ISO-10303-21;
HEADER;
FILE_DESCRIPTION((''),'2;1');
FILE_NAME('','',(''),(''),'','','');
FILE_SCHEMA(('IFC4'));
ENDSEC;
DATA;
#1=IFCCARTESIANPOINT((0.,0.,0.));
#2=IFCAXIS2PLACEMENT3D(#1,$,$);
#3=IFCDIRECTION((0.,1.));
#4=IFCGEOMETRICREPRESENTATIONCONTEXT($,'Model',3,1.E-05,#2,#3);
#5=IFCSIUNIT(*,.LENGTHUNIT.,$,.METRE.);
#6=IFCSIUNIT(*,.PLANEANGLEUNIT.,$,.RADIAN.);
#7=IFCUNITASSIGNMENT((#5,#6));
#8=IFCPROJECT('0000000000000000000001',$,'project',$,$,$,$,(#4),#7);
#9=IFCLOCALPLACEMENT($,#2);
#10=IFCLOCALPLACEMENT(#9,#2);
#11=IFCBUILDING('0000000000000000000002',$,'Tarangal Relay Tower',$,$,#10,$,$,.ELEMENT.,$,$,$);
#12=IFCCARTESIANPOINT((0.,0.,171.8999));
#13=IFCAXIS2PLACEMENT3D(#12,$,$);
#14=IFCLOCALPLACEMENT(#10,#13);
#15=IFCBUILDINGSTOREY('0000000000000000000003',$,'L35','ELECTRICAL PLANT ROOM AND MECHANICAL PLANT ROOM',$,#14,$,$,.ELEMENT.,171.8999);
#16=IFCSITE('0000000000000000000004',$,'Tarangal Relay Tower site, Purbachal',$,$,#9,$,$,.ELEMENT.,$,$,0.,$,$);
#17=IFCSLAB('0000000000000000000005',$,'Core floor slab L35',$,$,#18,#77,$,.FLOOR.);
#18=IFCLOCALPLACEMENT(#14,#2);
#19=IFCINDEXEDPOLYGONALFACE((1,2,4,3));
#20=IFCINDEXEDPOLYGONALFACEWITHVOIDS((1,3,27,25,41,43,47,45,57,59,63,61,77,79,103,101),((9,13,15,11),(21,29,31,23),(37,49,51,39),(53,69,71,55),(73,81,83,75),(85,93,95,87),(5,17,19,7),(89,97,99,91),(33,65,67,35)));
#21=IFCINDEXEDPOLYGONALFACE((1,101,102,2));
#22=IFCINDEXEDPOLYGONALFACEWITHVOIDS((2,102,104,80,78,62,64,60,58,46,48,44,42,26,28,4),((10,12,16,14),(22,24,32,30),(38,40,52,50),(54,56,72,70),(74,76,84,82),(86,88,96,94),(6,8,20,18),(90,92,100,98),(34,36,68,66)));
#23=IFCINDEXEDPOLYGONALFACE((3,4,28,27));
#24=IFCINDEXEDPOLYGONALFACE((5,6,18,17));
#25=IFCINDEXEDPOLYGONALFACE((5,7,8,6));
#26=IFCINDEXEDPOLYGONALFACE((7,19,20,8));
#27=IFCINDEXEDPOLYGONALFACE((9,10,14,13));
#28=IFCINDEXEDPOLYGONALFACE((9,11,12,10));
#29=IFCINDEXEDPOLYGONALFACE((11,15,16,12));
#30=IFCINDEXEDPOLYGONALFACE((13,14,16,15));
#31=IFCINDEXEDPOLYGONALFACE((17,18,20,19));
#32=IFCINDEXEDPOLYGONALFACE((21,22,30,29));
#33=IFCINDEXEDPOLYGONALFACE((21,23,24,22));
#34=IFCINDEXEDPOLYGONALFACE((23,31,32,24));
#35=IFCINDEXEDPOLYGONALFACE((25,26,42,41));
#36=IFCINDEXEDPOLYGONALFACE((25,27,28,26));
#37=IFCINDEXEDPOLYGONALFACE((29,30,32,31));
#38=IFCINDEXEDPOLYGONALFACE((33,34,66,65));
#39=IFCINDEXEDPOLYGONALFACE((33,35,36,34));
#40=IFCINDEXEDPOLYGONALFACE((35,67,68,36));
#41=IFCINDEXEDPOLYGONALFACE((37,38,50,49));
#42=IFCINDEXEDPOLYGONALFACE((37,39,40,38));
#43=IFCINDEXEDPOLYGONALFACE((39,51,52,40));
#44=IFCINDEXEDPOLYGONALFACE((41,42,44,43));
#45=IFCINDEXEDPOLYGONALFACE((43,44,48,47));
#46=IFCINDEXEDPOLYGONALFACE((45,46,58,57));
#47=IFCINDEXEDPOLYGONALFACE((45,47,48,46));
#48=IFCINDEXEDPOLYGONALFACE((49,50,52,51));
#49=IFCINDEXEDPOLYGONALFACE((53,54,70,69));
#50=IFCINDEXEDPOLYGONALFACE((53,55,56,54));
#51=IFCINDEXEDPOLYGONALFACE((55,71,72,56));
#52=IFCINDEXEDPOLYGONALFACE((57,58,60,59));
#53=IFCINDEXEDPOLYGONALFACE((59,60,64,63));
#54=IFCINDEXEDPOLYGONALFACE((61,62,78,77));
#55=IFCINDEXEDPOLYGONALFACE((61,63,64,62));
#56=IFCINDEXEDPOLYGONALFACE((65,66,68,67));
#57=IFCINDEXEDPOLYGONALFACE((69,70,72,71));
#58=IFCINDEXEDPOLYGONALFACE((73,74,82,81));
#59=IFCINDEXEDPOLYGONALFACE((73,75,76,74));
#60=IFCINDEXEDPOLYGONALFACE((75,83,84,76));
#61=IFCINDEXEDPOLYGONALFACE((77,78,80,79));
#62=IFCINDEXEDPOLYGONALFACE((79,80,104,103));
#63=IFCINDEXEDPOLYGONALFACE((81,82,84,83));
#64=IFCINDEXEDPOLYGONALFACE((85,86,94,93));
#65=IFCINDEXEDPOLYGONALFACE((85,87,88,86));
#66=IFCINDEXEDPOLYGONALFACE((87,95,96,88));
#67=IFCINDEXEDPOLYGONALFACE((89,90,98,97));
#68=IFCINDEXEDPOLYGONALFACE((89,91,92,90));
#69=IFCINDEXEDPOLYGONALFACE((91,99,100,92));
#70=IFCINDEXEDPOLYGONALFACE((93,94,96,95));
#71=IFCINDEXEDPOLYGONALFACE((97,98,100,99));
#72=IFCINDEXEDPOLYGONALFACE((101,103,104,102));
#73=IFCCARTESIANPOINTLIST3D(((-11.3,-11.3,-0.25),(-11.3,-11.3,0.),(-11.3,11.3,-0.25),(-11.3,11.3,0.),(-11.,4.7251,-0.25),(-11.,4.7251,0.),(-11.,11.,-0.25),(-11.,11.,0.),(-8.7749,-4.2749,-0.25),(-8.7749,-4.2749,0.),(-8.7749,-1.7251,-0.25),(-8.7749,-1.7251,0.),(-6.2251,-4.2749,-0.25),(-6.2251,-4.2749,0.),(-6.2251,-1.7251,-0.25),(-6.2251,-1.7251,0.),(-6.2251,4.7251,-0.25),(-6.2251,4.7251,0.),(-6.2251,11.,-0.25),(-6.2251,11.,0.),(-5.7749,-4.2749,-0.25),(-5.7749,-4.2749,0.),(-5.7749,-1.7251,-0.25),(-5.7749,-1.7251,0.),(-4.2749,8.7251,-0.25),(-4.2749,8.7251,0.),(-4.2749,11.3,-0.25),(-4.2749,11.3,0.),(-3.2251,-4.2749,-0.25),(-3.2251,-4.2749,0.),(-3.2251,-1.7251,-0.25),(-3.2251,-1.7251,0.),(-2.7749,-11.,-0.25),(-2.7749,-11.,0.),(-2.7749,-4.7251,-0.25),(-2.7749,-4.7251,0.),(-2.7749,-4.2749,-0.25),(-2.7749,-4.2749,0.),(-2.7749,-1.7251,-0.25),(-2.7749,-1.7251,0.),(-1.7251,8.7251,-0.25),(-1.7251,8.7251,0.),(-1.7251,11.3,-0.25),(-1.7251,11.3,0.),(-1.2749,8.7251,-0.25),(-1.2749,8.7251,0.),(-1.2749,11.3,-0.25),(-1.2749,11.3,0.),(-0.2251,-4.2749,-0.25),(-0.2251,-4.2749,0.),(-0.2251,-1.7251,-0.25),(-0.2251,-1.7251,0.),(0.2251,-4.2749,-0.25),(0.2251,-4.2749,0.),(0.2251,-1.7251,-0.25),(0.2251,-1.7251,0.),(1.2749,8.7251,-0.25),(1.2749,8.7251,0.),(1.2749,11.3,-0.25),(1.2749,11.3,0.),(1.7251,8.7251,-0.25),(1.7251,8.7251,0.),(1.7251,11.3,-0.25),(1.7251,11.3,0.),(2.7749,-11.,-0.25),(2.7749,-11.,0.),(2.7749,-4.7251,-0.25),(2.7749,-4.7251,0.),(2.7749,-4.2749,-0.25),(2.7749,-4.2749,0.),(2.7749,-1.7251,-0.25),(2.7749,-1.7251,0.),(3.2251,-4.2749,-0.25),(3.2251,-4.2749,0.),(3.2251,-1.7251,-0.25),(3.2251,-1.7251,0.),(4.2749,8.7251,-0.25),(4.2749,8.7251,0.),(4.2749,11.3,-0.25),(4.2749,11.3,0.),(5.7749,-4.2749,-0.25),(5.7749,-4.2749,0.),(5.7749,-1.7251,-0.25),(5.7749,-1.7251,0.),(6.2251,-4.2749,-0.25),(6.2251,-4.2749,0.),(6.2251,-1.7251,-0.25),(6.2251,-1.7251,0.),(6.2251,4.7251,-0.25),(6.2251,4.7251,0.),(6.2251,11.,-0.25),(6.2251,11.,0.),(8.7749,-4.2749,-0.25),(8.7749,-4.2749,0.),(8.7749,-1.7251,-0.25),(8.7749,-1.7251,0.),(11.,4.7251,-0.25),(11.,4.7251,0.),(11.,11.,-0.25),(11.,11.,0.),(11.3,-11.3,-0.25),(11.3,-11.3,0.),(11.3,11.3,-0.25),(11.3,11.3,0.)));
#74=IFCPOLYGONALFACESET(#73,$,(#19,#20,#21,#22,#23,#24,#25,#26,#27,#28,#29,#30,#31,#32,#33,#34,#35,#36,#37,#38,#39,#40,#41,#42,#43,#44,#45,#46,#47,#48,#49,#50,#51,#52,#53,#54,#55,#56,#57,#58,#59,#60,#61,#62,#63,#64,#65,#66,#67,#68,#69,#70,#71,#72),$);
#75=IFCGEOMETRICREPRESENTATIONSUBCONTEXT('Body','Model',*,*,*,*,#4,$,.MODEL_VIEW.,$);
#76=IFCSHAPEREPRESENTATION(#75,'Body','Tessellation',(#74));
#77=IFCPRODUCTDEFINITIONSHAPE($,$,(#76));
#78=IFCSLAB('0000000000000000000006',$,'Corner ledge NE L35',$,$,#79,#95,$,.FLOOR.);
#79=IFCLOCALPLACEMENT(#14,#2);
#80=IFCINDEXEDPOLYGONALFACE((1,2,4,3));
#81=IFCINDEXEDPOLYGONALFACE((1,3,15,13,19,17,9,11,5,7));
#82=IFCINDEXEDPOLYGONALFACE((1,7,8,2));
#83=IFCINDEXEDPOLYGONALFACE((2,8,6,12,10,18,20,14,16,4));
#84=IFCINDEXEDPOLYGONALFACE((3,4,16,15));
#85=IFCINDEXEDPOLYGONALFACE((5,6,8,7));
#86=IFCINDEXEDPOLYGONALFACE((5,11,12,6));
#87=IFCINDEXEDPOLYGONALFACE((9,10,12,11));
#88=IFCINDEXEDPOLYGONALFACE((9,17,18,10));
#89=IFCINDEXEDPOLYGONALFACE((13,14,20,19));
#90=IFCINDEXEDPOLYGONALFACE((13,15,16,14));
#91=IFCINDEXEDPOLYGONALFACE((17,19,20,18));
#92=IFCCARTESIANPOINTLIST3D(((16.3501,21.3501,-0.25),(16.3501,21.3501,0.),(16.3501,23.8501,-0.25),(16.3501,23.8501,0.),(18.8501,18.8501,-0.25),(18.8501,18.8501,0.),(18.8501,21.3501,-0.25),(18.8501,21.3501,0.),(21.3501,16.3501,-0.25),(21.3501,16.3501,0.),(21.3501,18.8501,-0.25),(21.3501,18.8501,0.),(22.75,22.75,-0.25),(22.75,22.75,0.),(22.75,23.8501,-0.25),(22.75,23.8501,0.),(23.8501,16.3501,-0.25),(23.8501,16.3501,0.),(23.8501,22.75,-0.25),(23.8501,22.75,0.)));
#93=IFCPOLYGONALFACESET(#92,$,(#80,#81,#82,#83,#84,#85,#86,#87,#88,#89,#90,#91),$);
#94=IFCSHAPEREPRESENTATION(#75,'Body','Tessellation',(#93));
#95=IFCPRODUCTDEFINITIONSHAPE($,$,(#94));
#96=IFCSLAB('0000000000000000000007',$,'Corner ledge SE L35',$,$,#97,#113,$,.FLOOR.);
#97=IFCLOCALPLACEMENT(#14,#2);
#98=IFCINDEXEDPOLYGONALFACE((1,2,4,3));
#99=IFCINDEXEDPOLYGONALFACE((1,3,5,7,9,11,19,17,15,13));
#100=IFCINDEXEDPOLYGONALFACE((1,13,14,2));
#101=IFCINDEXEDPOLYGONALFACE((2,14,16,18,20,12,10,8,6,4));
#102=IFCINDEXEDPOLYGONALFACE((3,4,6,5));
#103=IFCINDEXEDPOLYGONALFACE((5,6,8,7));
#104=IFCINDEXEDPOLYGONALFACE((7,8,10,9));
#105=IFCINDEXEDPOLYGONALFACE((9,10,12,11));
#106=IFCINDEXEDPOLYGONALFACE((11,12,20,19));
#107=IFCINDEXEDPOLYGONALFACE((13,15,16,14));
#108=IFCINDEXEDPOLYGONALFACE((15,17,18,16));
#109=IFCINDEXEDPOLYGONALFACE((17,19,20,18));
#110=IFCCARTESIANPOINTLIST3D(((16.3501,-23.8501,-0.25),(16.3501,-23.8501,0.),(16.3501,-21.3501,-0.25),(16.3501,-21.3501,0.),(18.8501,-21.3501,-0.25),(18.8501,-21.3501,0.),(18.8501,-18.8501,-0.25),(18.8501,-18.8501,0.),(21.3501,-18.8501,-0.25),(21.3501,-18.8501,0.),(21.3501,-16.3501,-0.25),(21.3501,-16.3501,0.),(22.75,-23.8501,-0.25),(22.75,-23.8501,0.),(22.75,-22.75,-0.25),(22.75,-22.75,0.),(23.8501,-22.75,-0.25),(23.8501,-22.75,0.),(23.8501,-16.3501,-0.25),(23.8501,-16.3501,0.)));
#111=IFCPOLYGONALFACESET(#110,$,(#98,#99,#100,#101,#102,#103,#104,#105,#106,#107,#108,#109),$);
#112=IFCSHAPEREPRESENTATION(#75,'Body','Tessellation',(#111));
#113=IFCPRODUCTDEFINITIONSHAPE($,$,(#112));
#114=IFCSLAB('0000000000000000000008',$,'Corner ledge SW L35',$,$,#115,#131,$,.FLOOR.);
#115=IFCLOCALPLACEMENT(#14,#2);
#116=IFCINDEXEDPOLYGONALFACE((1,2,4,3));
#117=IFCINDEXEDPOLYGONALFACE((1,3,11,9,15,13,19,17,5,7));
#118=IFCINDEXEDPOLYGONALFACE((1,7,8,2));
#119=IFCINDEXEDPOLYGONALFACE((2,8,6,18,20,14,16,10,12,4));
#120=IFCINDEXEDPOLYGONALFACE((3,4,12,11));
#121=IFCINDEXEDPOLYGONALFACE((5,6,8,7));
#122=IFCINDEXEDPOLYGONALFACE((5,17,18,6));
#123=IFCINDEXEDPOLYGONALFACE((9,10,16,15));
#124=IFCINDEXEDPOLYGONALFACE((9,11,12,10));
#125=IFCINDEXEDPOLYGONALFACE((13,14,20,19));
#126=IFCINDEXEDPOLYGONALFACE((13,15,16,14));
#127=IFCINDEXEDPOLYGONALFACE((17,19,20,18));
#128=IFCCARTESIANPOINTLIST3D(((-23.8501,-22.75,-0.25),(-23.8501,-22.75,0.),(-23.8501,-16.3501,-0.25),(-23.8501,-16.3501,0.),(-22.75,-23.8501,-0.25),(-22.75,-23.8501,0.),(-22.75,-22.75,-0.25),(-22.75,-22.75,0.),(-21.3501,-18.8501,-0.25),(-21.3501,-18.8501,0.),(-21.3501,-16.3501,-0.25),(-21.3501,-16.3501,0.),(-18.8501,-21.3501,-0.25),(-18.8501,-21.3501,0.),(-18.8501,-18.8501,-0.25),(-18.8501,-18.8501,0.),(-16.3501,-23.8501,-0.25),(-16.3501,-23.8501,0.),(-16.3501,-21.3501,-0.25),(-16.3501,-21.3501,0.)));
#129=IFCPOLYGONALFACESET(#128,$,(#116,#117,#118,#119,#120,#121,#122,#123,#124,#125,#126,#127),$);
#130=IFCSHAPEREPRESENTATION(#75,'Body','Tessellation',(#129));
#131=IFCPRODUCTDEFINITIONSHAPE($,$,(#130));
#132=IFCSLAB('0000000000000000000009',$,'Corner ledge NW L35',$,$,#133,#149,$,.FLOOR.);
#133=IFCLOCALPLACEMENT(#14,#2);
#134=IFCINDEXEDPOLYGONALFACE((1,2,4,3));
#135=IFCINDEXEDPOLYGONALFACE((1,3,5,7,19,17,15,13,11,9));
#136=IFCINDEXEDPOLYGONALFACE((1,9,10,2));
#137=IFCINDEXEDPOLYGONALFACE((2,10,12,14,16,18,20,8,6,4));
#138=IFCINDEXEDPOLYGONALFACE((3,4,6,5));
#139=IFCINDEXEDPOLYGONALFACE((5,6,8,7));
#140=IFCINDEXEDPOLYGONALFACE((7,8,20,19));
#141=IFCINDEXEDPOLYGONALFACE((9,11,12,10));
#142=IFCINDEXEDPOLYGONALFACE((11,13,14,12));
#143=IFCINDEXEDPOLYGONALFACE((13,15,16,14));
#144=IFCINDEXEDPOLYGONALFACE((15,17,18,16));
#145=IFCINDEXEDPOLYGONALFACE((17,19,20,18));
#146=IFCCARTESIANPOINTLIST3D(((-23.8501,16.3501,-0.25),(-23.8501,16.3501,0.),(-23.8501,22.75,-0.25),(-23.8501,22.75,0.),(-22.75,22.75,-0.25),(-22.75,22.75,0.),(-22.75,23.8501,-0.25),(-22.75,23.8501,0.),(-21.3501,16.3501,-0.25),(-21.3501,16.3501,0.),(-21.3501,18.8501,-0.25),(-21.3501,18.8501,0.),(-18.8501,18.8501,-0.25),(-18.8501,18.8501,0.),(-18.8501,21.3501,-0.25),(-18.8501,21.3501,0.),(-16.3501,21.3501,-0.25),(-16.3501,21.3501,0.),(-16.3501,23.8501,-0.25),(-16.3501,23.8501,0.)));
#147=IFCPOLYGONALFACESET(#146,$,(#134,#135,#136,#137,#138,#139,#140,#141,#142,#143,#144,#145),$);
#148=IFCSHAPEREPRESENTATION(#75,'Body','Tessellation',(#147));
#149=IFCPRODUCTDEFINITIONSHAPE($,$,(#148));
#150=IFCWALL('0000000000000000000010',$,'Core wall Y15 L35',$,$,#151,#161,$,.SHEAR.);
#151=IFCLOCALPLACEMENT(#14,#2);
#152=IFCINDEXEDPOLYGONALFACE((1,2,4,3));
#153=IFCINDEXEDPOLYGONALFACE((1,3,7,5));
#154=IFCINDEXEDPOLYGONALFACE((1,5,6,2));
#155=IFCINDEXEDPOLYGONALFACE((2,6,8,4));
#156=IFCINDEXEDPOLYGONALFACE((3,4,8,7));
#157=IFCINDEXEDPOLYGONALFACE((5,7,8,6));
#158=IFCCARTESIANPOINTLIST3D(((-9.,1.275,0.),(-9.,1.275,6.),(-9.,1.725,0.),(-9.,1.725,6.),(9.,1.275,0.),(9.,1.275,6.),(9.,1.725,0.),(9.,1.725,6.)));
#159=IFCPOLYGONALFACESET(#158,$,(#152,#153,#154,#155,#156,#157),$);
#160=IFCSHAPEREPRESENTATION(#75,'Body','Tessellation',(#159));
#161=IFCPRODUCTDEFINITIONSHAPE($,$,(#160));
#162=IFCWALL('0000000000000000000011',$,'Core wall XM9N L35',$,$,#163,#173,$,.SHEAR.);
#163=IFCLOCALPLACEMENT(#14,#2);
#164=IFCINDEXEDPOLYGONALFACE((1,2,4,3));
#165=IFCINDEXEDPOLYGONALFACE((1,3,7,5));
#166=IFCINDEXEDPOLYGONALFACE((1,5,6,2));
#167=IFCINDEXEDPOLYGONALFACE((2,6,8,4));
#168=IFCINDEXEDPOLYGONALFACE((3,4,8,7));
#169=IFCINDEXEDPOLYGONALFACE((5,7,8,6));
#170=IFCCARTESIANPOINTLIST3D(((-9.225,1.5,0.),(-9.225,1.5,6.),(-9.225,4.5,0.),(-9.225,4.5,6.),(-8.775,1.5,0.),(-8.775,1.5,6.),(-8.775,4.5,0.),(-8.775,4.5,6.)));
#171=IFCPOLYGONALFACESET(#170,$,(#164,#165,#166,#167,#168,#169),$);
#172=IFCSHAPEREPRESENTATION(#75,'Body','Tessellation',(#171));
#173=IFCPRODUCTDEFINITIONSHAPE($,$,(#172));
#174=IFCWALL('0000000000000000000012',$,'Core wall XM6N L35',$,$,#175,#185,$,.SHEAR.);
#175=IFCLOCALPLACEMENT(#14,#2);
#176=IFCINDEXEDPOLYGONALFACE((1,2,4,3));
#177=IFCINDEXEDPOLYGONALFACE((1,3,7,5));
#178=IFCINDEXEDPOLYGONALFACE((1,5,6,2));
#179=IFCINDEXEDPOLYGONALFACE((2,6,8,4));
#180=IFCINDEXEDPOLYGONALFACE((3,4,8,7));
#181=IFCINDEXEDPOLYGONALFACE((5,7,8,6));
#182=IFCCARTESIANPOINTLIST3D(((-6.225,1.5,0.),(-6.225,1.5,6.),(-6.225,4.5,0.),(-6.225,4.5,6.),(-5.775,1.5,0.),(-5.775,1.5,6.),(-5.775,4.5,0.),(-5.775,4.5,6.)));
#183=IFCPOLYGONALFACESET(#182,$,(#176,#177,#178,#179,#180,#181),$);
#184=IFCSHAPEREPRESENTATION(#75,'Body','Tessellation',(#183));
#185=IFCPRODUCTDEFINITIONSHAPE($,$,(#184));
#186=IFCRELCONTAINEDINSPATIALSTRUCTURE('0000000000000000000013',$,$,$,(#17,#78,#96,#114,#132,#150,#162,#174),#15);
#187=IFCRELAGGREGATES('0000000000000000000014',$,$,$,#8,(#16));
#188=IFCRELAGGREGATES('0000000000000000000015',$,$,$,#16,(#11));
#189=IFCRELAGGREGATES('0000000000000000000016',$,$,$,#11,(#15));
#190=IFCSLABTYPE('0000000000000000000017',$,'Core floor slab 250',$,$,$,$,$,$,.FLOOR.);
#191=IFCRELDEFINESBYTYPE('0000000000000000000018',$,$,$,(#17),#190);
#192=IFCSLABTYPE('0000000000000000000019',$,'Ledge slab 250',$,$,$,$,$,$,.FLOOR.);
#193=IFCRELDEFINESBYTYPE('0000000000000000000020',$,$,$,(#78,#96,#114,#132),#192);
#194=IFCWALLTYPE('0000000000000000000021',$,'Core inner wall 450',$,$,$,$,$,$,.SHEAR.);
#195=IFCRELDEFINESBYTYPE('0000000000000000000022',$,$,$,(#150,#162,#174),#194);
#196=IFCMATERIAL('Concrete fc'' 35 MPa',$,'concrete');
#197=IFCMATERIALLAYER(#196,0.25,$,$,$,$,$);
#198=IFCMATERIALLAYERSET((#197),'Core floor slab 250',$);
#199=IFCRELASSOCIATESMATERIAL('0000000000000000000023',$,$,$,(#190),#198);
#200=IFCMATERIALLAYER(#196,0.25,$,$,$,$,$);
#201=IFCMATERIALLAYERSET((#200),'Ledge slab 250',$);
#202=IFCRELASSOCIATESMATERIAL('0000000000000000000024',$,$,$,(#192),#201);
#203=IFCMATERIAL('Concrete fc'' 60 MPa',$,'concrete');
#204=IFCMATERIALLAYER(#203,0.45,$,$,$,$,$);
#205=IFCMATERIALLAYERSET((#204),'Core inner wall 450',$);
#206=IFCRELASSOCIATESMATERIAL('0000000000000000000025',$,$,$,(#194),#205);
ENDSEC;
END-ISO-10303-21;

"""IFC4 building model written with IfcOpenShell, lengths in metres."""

from ifc_helpers import new_model, si_unit, direction, frame, frame_2d, origin, place, context, subcontext, project, spatial, polyline, rectangle, outline, extrude, material, layer, layer_set, type_object, element, save


model = new_model("IFC4")

# Units and contexts
model_context = context("Model", 3, precision=1e-05, world=origin(), true_north=direction((0.0, 1.0)))
body_context = subcontext(model_context, "Body", "Model", "MODEL_VIEW")
ifc_project = project(units=[si_unit("LENGTHUNIT", "METRE"), si_unit("PLANEANGLEUNIT", "RADIAN")], contexts=[model_context])

# Site, building, storey
site_placement = place(None, origin())
site = spatial("IfcSite", under=ifc_project, at=site_placement, Name="Tarangal Relay Tower site, Purbachal", CompositionType="ELEMENT", RefElevation=0.0)
building_placement = place(site_placement, origin())
building = spatial("IfcBuilding", under=site, at=building_placement, Name="Tarangal Relay Tower", CompositionType="ELEMENT")
storey_placement = place(building_placement, frame((0.0, 0.0, 171.8999)))
storey = spatial("IfcBuildingStorey", under=building, at=storey_placement, Name="L35", Description="ELECTRICAL PLANT ROOM AND MECHANICAL PLANT ROOM", CompositionType="ELEMENT", Elevation=171.8999)

# Slabs
ifc_material_1 = material(Name="Concrete fc' 35 MPa", Category="concrete")
ifc_layer_1 = layer(ifc_material_1, 0.25)
ifc_layer_set_1 = layer_set([ifc_layer_1], Name="Core floor slab 250")
slab_type_1 = type_object("IfcSlabType", Name="Core floor slab 250", PredefinedType="FLOOR", material=ifc_layer_set_1)
slab_1_placement = place(storey_placement, frame((0.0, 0.0, -0.25)))
element("IfcSlab", 1, at=slab_1_placement, inside=storey, type_object=slab_type_1, Name="Core floor slab L35", PredefinedType="FLOOR", context=body_context, shape_type="SweptSolid", body=[
    extrude(outline(polyline([(11.3, 11.3), (11.3, -11.3), (-11.3, -11.3), (-11.3, 11.3), (-4.2749, 11.3), (-4.2749, 8.7251), (-1.7251, 8.7251), (-1.7251, 11.3), (-1.2749, 11.3), (-1.2749, 8.7251), (1.2749, 8.7251), (1.2749, 11.3), (1.7251, 11.3), (1.7251, 8.7251), (4.2749, 8.7251), (4.2749, 11.3), (11.3, 11.3)]), holes=[polyline([(-6.2251, -1.7251), (-8.7749, -1.7251), (-8.7749, -4.2749), (-6.2251, -4.2749), (-6.2251, -1.7251)]), polyline([(-3.2251, -4.2749), (-3.2251, -1.7251), (-5.7749, -1.7251), (-5.7749, -4.2749), (-3.2251, -4.2749)]), polyline([(-0.2251, -4.2749), (-0.2251, -1.7251), (-2.7749, -1.7251), (-2.7749, -4.2749), (-0.2251, -4.2749)]), polyline([(-6.2251, 11.0), (-11.0, 11.0), (-11.0, 4.7251), (-6.2251, 4.7251), (-6.2251, 11.0)]), polyline([(2.7749, -4.7251), (-2.7749, -4.7251), (-2.7749, -11.0), (2.7749, -11.0), (2.7749, -4.7251)]), polyline([(2.7749, -4.2749), (2.7749, -1.7251), (0.2251, -1.7251), (0.2251, -4.2749), (2.7749, -4.2749)]), polyline([(5.7749, -4.2749), (5.7749, -1.7251), (3.2251, -1.7251), (3.2251, -4.2749), (5.7749, -4.2749)]), polyline([(8.7749, -1.7251), (6.2251, -1.7251), (6.2251, -4.2749), (8.7749, -4.2749), (8.7749, -1.7251)]), polyline([(11.0, 4.7251), (11.0, 11.0), (6.2251, 11.0), (6.2251, 4.7251), (11.0, 4.7251)])]), origin(), (0.0, 0.0, 1.0), 0.25),
])
ifc_layer_2 = layer(ifc_material_1, 0.25)
ifc_layer_set_2 = layer_set([ifc_layer_2], Name="Ledge slab 250")
slab_type_2 = type_object("IfcSlabType", Name="Ledge slab 250", PredefinedType="FLOOR", material=ifc_layer_set_2)
slab_2_placement = place(storey_placement, frame((0.0, 0.0, -0.25)))
element("IfcSlab", 2, at=slab_2_placement, inside=storey, type_object=slab_type_2, Name="Corner ledge NE L35", PredefinedType="FLOOR", context=body_context, shape_type="SweptSolid", body=[
    extrude(outline(polyline([(16.3501, 23.8501), (16.3501, 21.3501), (18.8501, 21.3501), (18.8501, 18.8501), (21.3501, 18.8501), (21.3501, 16.3501), (23.8501, 16.3501), (23.8501, 22.75), (22.75, 22.75), (22.75, 23.8501), (16.3501, 23.8501)])), origin(), (0.0, 0.0, 1.0), 0.25),
])
slab_3_placement = place(storey_placement, frame((0.0, 0.0, -0.25)))
element("IfcSlab", 3, at=slab_3_placement, inside=storey, type_object=slab_type_2, Name="Corner ledge SE L35", PredefinedType="FLOOR", context=body_context, shape_type="SweptSolid", body=[
    extrude(outline(polyline([(23.8501, -16.3501), (21.3501, -16.3501), (21.3501, -18.8501), (18.8501, -18.8501), (18.8501, -21.3501), (16.3501, -21.3501), (16.3501, -23.8501), (22.75, -23.8501), (22.75, -22.75), (23.8501, -22.75), (23.8501, -16.3501)])), origin(), (0.0, 0.0, 1.0), 0.25),
])
slab_4_placement = place(storey_placement, frame((0.0, 0.0, -0.25)))
element("IfcSlab", 4, at=slab_4_placement, inside=storey, type_object=slab_type_2, Name="Corner ledge SW L35", PredefinedType="FLOOR", context=body_context, shape_type="SweptSolid", body=[
    extrude(outline(polyline([(-16.3501, -23.8501), (-16.3501, -21.3501), (-18.8501, -21.3501), (-18.8501, -18.8501), (-21.3501, -18.8501), (-21.3501, -16.3501), (-23.8501, -16.3501), (-23.8501, -22.75), (-22.75, -22.75), (-22.75, -23.8501), (-16.3501, -23.8501)])), origin(), (0.0, 0.0, 1.0), 0.25),
])
slab_5_placement = place(storey_placement, frame((0.0, 0.0, -0.25)))
element("IfcSlab", 5, at=slab_5_placement, inside=storey, type_object=slab_type_2, Name="Corner ledge NW L35", PredefinedType="FLOOR", context=body_context, shape_type="SweptSolid", body=[
    extrude(outline(polyline([(-23.8501, 16.3501), (-21.3501, 16.3501), (-21.3501, 18.8501), (-18.8501, 18.8501), (-18.8501, 21.3501), (-16.3501, 21.3501), (-16.3501, 23.8501), (-22.75, 23.8501), (-22.75, 22.75), (-23.8501, 22.75), (-23.8501, 16.3501)])), origin(), (0.0, 0.0, 1.0), 0.25),
])

# Wall
ifc_material_2 = material(Name="Concrete fc' 60 MPa", Category="concrete")
ifc_layer_3 = layer(ifc_material_2, 0.45)
ifc_layer_set_3 = layer_set([ifc_layer_3], Name="Core inner wall 450")
wall_type = type_object("IfcWallType", Name="Core inner wall 450", PredefinedType="SHEAR", material=ifc_layer_set_3)
wall_1_placement = place(storey_placement, frame((-9.0, 1.5, 0.0), z_axis=(0.0, 0.0, 1.0), x_axis=(1.0, 0.0, 0.0)))
element("IfcWall", 6, at=wall_1_placement, inside=storey, type_object=wall_type, Name="Core wall Y15 L35", PredefinedType="SHEAR", context=body_context, shape_type="SweptSolid", body=[
    extrude(rectangle(XDim=18.0, YDim=0.45, at=frame_2d((9.0, 0.0))), origin(), (0.0, 0.0, 1.0), 6.0),
])

# Walls
for number, where, z_axis, x_axis, name in (
    (7, (-9.0, 1.5, 0.0), (0.0, 0.0, 1.0), (0.0, 1.0, 0.0), "Core wall XM9N L35"),
    (8, (-6.0, 1.5, 0.0), (0.0, 0.0, 1.0), (0.0, 1.0, 0.0), "Core wall XM6N L35"),
):
    element("IfcWall", number, at=place(storey_placement, frame(where, z_axis=z_axis, x_axis=x_axis)), inside=storey, type_object=wall_type, Name=name, PredefinedType="SHEAR", context=body_context, shape_type="SweptSolid", body=[
        extrude(rectangle(XDim=3.0, YDim=0.45, at=frame_2d((1.5, 0.0))), origin(), (0.0, 0.0, 1.0), 6.0),
    ])

save(model, "model.ifc")
